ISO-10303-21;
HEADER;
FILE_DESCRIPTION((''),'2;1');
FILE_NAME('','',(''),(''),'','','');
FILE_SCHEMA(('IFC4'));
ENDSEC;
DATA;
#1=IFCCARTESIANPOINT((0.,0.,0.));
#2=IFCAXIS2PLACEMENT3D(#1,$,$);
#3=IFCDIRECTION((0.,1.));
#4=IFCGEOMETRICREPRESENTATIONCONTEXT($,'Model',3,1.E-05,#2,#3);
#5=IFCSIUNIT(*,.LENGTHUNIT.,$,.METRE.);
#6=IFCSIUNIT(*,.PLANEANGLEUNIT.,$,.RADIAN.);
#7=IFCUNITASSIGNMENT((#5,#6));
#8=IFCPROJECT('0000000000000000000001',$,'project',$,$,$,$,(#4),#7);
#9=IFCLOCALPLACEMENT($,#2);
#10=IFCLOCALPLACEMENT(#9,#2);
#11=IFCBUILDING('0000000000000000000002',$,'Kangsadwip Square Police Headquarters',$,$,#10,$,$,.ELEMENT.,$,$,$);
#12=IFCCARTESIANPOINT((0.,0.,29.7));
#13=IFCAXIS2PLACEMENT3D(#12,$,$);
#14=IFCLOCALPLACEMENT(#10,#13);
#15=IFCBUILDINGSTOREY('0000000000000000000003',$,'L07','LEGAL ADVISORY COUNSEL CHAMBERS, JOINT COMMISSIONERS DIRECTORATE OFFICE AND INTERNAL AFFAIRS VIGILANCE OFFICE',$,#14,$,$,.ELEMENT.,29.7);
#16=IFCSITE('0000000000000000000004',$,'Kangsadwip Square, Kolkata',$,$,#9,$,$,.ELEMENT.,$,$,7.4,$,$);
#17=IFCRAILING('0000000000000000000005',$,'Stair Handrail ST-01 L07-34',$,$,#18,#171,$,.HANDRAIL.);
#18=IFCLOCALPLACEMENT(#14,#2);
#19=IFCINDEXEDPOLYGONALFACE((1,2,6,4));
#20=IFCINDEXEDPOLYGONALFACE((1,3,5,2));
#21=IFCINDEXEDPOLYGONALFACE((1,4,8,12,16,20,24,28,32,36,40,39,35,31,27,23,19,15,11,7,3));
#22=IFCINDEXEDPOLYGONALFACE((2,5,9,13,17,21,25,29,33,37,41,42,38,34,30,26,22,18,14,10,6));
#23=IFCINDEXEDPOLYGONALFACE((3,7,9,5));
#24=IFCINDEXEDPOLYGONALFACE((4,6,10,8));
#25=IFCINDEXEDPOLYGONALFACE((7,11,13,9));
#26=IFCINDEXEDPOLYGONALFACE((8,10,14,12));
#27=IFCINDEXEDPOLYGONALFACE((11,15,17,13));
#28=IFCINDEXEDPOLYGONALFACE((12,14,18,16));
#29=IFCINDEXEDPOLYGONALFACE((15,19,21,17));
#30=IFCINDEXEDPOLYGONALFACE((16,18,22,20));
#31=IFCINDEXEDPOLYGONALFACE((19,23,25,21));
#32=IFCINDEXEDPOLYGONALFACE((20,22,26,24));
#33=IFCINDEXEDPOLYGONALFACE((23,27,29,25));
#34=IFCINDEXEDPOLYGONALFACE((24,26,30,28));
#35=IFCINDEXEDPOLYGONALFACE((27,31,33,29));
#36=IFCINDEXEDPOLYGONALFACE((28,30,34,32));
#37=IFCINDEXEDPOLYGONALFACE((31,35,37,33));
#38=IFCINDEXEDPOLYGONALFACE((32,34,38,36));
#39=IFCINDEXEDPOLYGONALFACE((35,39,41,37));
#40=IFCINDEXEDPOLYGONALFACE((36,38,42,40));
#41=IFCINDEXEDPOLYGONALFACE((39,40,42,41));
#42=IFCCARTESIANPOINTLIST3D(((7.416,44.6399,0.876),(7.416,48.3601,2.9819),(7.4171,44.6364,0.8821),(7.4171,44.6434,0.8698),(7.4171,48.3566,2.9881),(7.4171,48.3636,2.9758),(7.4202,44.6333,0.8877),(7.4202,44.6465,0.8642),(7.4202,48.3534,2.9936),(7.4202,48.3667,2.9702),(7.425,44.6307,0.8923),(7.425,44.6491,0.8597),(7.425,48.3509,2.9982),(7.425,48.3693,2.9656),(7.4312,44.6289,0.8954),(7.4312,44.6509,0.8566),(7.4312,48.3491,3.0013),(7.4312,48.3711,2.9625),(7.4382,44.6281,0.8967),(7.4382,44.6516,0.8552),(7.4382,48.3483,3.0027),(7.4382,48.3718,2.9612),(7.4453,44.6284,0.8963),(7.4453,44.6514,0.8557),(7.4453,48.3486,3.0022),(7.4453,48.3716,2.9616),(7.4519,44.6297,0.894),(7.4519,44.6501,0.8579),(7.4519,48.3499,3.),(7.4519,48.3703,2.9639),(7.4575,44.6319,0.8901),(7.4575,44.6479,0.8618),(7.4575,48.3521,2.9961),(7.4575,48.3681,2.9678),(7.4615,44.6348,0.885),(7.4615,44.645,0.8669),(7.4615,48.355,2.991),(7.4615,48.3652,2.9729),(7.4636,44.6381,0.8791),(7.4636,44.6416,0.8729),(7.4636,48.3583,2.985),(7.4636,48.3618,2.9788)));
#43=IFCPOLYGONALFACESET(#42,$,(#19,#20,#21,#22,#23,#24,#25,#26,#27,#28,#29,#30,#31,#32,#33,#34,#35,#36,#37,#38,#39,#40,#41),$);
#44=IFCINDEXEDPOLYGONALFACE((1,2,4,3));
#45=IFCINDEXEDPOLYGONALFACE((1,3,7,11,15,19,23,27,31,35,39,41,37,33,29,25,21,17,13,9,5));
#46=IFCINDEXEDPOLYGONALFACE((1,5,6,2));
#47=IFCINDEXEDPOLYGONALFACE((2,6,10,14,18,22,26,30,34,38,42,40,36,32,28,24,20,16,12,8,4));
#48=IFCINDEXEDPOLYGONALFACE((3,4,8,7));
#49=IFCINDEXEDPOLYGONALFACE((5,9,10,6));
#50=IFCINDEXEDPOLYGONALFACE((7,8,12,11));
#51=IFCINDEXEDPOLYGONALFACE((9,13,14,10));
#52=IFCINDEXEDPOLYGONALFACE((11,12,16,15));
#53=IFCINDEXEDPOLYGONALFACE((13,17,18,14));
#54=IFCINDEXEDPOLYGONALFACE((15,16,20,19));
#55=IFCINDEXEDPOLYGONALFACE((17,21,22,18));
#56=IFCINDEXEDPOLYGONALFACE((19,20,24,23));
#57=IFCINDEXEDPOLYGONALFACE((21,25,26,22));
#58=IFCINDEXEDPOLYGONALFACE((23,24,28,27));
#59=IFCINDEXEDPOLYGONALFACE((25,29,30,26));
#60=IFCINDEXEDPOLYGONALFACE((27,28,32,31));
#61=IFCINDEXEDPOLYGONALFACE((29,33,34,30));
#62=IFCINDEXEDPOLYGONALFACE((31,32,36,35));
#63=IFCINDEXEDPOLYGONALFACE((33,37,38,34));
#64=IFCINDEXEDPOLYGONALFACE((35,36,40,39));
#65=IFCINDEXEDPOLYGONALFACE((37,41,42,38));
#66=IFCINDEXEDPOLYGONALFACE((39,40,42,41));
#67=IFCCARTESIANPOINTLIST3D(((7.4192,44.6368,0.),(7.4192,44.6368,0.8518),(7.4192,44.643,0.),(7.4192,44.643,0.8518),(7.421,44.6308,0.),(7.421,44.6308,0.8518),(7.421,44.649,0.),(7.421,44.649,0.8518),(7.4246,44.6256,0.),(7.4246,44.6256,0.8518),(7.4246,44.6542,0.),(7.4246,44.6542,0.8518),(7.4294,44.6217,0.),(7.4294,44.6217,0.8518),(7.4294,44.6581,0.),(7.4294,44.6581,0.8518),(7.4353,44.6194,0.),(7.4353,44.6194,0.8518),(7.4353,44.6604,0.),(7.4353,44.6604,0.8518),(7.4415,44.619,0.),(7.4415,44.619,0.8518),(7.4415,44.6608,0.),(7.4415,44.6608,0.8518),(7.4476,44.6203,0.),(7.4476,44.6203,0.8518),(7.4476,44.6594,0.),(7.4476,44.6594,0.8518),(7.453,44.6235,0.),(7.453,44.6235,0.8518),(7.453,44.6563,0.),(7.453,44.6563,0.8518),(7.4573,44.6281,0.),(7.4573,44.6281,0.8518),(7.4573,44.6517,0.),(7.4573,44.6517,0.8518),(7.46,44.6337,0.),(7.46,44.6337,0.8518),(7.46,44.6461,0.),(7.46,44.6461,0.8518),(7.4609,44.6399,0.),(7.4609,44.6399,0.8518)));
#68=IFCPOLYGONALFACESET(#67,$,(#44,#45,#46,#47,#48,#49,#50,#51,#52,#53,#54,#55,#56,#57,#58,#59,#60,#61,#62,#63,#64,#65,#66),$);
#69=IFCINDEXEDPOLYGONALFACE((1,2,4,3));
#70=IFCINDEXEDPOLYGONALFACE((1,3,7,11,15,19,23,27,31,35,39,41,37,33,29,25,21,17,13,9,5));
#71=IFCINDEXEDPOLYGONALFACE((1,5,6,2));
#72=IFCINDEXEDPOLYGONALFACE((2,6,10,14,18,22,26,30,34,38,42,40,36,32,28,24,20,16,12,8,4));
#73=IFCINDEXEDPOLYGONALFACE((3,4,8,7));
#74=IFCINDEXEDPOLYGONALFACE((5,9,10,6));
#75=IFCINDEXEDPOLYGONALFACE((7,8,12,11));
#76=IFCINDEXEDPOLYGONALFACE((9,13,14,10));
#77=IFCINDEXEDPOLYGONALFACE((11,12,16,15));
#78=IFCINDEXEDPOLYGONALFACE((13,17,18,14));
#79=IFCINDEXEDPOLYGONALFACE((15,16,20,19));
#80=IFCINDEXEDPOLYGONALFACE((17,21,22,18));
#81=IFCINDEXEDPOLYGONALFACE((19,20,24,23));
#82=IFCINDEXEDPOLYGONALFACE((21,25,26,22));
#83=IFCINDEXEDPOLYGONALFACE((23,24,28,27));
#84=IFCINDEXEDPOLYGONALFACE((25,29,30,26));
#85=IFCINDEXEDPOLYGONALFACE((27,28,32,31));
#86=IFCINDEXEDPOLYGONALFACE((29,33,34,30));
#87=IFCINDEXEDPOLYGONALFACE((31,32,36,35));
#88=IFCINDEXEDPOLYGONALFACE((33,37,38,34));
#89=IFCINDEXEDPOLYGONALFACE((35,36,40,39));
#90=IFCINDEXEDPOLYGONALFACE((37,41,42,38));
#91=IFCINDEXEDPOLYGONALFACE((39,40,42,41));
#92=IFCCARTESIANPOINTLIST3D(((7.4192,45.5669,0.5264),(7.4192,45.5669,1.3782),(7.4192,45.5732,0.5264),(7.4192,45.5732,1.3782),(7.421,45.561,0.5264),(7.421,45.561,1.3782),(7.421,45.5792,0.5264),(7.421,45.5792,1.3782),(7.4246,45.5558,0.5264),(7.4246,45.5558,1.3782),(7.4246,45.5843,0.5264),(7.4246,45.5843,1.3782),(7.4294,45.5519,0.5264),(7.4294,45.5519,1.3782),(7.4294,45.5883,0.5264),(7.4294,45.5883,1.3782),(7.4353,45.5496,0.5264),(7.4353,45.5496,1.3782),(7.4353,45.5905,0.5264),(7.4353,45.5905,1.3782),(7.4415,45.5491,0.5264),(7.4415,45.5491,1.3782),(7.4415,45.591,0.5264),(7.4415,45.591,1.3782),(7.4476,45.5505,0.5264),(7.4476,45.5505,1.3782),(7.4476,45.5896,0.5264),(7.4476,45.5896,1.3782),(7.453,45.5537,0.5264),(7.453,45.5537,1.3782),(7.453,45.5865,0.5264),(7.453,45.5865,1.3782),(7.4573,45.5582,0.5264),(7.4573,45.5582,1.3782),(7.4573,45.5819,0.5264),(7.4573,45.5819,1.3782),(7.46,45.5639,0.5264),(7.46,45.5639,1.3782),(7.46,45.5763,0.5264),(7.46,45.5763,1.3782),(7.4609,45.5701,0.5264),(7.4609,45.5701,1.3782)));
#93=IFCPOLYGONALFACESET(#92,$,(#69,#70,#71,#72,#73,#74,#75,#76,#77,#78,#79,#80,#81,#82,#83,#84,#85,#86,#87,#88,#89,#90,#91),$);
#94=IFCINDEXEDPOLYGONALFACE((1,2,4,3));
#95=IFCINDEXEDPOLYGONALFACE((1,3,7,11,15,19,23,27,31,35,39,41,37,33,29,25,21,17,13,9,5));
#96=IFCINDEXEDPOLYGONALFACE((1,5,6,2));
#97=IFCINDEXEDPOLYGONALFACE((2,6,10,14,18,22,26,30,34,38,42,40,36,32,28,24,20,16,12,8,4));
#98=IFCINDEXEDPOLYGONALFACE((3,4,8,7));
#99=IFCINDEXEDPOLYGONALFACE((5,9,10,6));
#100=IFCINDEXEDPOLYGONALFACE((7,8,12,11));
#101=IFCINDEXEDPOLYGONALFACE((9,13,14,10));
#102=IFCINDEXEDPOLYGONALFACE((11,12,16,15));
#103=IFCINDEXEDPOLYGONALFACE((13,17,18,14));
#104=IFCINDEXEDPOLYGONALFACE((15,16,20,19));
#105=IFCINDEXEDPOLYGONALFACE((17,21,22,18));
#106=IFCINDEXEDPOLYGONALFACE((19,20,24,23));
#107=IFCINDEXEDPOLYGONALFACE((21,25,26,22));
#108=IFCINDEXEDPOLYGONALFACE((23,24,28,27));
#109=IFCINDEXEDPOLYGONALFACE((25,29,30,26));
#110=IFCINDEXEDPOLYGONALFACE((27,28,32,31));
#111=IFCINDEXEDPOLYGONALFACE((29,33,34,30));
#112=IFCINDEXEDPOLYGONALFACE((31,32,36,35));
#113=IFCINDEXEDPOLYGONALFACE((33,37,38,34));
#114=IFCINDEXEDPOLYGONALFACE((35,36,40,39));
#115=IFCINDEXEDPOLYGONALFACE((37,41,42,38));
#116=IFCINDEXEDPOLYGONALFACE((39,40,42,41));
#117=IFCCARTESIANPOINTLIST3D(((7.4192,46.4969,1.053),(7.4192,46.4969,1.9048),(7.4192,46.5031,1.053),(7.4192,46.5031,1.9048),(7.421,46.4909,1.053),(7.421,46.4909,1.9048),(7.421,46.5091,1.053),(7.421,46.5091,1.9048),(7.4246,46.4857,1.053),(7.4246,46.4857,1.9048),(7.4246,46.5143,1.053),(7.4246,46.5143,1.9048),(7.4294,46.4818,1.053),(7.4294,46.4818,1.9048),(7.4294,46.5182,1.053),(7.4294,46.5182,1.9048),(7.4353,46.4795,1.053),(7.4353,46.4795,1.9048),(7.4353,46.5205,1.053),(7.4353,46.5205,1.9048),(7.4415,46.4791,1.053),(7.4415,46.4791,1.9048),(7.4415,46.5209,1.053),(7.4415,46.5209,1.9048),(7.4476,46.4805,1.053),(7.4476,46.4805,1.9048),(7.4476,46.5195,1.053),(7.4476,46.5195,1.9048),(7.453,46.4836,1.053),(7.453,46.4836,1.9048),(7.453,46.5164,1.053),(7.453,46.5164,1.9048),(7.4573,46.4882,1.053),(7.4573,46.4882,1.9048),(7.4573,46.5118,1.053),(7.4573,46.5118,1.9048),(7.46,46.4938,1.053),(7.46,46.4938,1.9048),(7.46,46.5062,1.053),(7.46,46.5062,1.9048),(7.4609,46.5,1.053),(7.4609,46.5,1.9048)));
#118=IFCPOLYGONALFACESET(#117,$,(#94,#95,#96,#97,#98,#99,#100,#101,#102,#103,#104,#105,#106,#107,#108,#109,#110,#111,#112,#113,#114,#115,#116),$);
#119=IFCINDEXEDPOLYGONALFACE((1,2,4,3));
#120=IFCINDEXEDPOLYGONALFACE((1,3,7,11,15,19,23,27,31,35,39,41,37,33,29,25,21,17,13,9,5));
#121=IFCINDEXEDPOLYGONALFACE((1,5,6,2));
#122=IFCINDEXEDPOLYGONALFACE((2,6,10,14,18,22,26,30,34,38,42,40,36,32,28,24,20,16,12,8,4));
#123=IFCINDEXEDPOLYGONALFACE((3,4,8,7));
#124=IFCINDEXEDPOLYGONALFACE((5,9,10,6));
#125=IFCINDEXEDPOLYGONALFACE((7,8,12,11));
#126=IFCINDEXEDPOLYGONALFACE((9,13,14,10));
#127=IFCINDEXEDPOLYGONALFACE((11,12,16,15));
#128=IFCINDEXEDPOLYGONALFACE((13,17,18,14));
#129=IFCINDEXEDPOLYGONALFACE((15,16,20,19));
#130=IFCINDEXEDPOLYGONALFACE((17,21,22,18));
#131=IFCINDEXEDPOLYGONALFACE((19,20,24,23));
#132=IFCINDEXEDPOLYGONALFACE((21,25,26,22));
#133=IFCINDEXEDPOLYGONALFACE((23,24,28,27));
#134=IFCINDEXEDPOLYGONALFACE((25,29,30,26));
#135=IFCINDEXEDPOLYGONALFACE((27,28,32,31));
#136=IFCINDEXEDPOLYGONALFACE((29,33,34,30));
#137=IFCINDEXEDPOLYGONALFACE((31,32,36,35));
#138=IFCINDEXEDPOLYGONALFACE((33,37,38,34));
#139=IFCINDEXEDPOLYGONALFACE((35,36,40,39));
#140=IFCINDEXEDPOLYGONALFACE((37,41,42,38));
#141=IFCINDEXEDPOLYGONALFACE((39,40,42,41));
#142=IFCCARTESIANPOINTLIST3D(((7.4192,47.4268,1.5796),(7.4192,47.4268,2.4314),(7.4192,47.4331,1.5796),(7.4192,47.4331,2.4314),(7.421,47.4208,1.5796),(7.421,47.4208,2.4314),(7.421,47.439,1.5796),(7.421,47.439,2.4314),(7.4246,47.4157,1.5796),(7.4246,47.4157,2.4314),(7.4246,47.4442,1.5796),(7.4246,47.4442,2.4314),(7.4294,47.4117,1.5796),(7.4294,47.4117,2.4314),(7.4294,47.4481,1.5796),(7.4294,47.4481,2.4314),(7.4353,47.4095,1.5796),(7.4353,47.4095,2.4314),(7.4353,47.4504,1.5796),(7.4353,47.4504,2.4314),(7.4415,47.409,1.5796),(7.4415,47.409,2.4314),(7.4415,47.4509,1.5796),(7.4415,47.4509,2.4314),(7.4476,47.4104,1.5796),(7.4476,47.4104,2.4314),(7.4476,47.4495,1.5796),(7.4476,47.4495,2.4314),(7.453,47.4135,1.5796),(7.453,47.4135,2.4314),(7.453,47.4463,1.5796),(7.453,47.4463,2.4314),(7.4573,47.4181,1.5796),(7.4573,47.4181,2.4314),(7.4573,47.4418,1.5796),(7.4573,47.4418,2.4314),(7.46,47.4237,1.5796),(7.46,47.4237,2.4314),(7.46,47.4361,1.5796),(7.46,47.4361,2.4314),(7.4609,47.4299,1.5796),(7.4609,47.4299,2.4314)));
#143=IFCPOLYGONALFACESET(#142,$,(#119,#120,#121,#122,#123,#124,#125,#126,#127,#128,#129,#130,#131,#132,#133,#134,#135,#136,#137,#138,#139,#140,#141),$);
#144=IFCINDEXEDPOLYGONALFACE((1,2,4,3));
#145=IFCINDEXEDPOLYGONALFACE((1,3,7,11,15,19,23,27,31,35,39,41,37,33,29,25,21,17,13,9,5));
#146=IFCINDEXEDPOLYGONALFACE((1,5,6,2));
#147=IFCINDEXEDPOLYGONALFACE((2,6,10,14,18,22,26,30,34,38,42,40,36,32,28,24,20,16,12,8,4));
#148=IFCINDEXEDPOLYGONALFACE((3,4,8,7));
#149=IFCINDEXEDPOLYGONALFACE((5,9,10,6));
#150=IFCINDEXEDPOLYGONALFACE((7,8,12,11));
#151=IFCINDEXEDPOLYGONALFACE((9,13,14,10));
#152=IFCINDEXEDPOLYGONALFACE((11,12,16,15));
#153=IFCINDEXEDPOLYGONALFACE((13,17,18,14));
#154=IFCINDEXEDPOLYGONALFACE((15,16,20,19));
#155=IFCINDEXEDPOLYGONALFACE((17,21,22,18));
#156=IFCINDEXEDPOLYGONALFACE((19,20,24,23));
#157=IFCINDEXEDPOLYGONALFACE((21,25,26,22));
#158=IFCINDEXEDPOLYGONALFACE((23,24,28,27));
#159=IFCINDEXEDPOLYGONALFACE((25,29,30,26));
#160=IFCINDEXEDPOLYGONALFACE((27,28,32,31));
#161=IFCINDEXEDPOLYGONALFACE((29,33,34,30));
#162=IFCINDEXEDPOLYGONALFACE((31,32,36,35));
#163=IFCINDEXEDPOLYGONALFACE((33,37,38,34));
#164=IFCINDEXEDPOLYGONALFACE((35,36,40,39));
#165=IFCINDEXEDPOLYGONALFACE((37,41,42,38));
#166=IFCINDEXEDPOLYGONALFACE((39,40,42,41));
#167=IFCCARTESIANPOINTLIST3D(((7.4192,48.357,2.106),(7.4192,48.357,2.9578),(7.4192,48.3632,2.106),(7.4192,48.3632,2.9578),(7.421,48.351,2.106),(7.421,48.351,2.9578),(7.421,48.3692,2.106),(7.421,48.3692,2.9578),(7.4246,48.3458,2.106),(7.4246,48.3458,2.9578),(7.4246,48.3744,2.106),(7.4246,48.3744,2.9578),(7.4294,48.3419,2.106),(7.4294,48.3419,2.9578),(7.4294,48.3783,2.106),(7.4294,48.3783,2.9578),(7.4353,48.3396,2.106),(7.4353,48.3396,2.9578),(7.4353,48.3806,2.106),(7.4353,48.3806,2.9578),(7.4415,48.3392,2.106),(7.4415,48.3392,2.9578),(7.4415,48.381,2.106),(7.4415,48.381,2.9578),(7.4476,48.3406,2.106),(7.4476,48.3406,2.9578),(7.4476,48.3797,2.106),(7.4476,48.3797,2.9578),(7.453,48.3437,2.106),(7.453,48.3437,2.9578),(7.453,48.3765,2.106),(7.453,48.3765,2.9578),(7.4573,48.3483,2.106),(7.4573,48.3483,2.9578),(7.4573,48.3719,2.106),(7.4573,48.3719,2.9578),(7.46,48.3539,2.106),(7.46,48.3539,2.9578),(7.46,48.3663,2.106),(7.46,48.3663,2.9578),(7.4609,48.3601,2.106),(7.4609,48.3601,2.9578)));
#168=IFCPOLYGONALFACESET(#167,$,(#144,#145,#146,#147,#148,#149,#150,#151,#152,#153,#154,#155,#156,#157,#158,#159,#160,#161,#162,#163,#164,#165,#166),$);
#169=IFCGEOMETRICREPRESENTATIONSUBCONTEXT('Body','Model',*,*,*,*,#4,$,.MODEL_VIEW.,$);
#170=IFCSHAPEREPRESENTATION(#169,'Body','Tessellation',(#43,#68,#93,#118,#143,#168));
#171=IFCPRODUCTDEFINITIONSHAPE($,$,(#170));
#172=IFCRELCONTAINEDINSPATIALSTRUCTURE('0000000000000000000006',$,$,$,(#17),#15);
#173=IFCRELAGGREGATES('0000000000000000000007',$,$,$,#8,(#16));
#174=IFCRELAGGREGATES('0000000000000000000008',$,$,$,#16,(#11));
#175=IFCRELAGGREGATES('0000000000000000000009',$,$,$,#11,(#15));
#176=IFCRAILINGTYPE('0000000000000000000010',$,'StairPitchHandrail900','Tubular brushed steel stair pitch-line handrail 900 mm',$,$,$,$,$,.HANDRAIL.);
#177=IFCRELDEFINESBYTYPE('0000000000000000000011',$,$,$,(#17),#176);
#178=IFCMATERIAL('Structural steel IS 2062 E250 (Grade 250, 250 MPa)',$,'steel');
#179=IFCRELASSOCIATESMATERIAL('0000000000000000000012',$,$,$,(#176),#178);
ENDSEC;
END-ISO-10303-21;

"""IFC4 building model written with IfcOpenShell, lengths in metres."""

from ifc_helpers import new_model, si_unit, direction, frame, origin, origin_2d, place, context, subcontext, project, spatial, circle, extrude, material, type_object, element, save


model = new_model("IFC4")

# Units and contexts
model_context = context("Model", 3, precision=1e-05, world=origin(), true_north=direction((0.0, 1.0)))
body_context = subcontext(model_context, "Body", "Model", "MODEL_VIEW")
ifc_project = project(units=[si_unit("LENGTHUNIT", "METRE"), si_unit("PLANEANGLEUNIT", "RADIAN")], contexts=[model_context])

# Site, building, storey
site_placement = place(None, origin())
site = spatial("IfcSite", under=ifc_project, at=site_placement, Name="Kangsadwip Square, Kolkata", CompositionType="ELEMENT", RefElevation=7.4)
building_placement = place(site_placement, origin())
building = spatial("IfcBuilding", under=site, at=building_placement, Name="Kangsadwip Square Police Headquarters", CompositionType="ELEMENT")
storey_placement = place(building_placement, frame((0.0, 0.0, 29.7)))
storey = spatial("IfcBuildingStorey", under=building, at=storey_placement, Name="L07", Description="LEGAL ADVISORY COUNSEL CHAMBERS, JOINT COMMISSIONERS DIRECTORATE OFFICE AND INTERNAL AFFAIRS VIGILANCE OFFICE", CompositionType="ELEMENT", Elevation=29.7)

# Railing
ifc_material_1 = material(Name="Structural steel IS 2062 E250 (Grade 250, 250 MPa)", Category="steel")
railing_type_1 = type_object("IfcRailingType", Name="StairPitchHandrail900", Description="Tubular brushed steel stair pitch-line handrail 900 mm", PredefinedType="HANDRAIL", material=ifc_material_1)
railing_1_placement = place(storey_placement, frame((7.4399, 44.6399, 0.0)))
element("IfcRailing", 1, at=railing_1_placement, inside=storey, type_object=railing_type_1, Name="Stair Handrail ST-01 L07-34", PredefinedType="HANDRAIL", context=body_context, shape_type="SweptSolid", body=[
    extrude(circle(Radius=0.0239, at=origin_2d()), frame((0.0, 0.0, 0.876), z_axis=(0.0, 0.870239, 0.492629), x_axis=(-1.0, 0.0, 0.0)), (0.0, 0.0, 1.0), 4.2749),
    extrude(circle(Radius=0.021, at=origin_2d()), origin(), (0.0, 0.0, 1.0), 0.8518),
    extrude(circle(Radius=0.021, at=origin_2d()), frame((0.0, 0.9302, 0.5264)), (0.0, 0.0, 1.0), 0.8518),
    extrude(circle(Radius=0.021, at=origin_2d()), frame((0.0, 1.8601, 1.053)), (0.0, 0.0, 1.0), 0.8518),
    extrude(circle(Radius=0.021, at=origin_2d()), frame((0.0, 2.79, 1.5796)), (0.0, 0.0, 1.0), 0.8518),
    extrude(circle(Radius=0.021, at=origin_2d()), frame((0.0, 3.7202, 2.106)), (0.0, 0.0, 1.0), 0.8518),
])

save(model, "model.ifc")
